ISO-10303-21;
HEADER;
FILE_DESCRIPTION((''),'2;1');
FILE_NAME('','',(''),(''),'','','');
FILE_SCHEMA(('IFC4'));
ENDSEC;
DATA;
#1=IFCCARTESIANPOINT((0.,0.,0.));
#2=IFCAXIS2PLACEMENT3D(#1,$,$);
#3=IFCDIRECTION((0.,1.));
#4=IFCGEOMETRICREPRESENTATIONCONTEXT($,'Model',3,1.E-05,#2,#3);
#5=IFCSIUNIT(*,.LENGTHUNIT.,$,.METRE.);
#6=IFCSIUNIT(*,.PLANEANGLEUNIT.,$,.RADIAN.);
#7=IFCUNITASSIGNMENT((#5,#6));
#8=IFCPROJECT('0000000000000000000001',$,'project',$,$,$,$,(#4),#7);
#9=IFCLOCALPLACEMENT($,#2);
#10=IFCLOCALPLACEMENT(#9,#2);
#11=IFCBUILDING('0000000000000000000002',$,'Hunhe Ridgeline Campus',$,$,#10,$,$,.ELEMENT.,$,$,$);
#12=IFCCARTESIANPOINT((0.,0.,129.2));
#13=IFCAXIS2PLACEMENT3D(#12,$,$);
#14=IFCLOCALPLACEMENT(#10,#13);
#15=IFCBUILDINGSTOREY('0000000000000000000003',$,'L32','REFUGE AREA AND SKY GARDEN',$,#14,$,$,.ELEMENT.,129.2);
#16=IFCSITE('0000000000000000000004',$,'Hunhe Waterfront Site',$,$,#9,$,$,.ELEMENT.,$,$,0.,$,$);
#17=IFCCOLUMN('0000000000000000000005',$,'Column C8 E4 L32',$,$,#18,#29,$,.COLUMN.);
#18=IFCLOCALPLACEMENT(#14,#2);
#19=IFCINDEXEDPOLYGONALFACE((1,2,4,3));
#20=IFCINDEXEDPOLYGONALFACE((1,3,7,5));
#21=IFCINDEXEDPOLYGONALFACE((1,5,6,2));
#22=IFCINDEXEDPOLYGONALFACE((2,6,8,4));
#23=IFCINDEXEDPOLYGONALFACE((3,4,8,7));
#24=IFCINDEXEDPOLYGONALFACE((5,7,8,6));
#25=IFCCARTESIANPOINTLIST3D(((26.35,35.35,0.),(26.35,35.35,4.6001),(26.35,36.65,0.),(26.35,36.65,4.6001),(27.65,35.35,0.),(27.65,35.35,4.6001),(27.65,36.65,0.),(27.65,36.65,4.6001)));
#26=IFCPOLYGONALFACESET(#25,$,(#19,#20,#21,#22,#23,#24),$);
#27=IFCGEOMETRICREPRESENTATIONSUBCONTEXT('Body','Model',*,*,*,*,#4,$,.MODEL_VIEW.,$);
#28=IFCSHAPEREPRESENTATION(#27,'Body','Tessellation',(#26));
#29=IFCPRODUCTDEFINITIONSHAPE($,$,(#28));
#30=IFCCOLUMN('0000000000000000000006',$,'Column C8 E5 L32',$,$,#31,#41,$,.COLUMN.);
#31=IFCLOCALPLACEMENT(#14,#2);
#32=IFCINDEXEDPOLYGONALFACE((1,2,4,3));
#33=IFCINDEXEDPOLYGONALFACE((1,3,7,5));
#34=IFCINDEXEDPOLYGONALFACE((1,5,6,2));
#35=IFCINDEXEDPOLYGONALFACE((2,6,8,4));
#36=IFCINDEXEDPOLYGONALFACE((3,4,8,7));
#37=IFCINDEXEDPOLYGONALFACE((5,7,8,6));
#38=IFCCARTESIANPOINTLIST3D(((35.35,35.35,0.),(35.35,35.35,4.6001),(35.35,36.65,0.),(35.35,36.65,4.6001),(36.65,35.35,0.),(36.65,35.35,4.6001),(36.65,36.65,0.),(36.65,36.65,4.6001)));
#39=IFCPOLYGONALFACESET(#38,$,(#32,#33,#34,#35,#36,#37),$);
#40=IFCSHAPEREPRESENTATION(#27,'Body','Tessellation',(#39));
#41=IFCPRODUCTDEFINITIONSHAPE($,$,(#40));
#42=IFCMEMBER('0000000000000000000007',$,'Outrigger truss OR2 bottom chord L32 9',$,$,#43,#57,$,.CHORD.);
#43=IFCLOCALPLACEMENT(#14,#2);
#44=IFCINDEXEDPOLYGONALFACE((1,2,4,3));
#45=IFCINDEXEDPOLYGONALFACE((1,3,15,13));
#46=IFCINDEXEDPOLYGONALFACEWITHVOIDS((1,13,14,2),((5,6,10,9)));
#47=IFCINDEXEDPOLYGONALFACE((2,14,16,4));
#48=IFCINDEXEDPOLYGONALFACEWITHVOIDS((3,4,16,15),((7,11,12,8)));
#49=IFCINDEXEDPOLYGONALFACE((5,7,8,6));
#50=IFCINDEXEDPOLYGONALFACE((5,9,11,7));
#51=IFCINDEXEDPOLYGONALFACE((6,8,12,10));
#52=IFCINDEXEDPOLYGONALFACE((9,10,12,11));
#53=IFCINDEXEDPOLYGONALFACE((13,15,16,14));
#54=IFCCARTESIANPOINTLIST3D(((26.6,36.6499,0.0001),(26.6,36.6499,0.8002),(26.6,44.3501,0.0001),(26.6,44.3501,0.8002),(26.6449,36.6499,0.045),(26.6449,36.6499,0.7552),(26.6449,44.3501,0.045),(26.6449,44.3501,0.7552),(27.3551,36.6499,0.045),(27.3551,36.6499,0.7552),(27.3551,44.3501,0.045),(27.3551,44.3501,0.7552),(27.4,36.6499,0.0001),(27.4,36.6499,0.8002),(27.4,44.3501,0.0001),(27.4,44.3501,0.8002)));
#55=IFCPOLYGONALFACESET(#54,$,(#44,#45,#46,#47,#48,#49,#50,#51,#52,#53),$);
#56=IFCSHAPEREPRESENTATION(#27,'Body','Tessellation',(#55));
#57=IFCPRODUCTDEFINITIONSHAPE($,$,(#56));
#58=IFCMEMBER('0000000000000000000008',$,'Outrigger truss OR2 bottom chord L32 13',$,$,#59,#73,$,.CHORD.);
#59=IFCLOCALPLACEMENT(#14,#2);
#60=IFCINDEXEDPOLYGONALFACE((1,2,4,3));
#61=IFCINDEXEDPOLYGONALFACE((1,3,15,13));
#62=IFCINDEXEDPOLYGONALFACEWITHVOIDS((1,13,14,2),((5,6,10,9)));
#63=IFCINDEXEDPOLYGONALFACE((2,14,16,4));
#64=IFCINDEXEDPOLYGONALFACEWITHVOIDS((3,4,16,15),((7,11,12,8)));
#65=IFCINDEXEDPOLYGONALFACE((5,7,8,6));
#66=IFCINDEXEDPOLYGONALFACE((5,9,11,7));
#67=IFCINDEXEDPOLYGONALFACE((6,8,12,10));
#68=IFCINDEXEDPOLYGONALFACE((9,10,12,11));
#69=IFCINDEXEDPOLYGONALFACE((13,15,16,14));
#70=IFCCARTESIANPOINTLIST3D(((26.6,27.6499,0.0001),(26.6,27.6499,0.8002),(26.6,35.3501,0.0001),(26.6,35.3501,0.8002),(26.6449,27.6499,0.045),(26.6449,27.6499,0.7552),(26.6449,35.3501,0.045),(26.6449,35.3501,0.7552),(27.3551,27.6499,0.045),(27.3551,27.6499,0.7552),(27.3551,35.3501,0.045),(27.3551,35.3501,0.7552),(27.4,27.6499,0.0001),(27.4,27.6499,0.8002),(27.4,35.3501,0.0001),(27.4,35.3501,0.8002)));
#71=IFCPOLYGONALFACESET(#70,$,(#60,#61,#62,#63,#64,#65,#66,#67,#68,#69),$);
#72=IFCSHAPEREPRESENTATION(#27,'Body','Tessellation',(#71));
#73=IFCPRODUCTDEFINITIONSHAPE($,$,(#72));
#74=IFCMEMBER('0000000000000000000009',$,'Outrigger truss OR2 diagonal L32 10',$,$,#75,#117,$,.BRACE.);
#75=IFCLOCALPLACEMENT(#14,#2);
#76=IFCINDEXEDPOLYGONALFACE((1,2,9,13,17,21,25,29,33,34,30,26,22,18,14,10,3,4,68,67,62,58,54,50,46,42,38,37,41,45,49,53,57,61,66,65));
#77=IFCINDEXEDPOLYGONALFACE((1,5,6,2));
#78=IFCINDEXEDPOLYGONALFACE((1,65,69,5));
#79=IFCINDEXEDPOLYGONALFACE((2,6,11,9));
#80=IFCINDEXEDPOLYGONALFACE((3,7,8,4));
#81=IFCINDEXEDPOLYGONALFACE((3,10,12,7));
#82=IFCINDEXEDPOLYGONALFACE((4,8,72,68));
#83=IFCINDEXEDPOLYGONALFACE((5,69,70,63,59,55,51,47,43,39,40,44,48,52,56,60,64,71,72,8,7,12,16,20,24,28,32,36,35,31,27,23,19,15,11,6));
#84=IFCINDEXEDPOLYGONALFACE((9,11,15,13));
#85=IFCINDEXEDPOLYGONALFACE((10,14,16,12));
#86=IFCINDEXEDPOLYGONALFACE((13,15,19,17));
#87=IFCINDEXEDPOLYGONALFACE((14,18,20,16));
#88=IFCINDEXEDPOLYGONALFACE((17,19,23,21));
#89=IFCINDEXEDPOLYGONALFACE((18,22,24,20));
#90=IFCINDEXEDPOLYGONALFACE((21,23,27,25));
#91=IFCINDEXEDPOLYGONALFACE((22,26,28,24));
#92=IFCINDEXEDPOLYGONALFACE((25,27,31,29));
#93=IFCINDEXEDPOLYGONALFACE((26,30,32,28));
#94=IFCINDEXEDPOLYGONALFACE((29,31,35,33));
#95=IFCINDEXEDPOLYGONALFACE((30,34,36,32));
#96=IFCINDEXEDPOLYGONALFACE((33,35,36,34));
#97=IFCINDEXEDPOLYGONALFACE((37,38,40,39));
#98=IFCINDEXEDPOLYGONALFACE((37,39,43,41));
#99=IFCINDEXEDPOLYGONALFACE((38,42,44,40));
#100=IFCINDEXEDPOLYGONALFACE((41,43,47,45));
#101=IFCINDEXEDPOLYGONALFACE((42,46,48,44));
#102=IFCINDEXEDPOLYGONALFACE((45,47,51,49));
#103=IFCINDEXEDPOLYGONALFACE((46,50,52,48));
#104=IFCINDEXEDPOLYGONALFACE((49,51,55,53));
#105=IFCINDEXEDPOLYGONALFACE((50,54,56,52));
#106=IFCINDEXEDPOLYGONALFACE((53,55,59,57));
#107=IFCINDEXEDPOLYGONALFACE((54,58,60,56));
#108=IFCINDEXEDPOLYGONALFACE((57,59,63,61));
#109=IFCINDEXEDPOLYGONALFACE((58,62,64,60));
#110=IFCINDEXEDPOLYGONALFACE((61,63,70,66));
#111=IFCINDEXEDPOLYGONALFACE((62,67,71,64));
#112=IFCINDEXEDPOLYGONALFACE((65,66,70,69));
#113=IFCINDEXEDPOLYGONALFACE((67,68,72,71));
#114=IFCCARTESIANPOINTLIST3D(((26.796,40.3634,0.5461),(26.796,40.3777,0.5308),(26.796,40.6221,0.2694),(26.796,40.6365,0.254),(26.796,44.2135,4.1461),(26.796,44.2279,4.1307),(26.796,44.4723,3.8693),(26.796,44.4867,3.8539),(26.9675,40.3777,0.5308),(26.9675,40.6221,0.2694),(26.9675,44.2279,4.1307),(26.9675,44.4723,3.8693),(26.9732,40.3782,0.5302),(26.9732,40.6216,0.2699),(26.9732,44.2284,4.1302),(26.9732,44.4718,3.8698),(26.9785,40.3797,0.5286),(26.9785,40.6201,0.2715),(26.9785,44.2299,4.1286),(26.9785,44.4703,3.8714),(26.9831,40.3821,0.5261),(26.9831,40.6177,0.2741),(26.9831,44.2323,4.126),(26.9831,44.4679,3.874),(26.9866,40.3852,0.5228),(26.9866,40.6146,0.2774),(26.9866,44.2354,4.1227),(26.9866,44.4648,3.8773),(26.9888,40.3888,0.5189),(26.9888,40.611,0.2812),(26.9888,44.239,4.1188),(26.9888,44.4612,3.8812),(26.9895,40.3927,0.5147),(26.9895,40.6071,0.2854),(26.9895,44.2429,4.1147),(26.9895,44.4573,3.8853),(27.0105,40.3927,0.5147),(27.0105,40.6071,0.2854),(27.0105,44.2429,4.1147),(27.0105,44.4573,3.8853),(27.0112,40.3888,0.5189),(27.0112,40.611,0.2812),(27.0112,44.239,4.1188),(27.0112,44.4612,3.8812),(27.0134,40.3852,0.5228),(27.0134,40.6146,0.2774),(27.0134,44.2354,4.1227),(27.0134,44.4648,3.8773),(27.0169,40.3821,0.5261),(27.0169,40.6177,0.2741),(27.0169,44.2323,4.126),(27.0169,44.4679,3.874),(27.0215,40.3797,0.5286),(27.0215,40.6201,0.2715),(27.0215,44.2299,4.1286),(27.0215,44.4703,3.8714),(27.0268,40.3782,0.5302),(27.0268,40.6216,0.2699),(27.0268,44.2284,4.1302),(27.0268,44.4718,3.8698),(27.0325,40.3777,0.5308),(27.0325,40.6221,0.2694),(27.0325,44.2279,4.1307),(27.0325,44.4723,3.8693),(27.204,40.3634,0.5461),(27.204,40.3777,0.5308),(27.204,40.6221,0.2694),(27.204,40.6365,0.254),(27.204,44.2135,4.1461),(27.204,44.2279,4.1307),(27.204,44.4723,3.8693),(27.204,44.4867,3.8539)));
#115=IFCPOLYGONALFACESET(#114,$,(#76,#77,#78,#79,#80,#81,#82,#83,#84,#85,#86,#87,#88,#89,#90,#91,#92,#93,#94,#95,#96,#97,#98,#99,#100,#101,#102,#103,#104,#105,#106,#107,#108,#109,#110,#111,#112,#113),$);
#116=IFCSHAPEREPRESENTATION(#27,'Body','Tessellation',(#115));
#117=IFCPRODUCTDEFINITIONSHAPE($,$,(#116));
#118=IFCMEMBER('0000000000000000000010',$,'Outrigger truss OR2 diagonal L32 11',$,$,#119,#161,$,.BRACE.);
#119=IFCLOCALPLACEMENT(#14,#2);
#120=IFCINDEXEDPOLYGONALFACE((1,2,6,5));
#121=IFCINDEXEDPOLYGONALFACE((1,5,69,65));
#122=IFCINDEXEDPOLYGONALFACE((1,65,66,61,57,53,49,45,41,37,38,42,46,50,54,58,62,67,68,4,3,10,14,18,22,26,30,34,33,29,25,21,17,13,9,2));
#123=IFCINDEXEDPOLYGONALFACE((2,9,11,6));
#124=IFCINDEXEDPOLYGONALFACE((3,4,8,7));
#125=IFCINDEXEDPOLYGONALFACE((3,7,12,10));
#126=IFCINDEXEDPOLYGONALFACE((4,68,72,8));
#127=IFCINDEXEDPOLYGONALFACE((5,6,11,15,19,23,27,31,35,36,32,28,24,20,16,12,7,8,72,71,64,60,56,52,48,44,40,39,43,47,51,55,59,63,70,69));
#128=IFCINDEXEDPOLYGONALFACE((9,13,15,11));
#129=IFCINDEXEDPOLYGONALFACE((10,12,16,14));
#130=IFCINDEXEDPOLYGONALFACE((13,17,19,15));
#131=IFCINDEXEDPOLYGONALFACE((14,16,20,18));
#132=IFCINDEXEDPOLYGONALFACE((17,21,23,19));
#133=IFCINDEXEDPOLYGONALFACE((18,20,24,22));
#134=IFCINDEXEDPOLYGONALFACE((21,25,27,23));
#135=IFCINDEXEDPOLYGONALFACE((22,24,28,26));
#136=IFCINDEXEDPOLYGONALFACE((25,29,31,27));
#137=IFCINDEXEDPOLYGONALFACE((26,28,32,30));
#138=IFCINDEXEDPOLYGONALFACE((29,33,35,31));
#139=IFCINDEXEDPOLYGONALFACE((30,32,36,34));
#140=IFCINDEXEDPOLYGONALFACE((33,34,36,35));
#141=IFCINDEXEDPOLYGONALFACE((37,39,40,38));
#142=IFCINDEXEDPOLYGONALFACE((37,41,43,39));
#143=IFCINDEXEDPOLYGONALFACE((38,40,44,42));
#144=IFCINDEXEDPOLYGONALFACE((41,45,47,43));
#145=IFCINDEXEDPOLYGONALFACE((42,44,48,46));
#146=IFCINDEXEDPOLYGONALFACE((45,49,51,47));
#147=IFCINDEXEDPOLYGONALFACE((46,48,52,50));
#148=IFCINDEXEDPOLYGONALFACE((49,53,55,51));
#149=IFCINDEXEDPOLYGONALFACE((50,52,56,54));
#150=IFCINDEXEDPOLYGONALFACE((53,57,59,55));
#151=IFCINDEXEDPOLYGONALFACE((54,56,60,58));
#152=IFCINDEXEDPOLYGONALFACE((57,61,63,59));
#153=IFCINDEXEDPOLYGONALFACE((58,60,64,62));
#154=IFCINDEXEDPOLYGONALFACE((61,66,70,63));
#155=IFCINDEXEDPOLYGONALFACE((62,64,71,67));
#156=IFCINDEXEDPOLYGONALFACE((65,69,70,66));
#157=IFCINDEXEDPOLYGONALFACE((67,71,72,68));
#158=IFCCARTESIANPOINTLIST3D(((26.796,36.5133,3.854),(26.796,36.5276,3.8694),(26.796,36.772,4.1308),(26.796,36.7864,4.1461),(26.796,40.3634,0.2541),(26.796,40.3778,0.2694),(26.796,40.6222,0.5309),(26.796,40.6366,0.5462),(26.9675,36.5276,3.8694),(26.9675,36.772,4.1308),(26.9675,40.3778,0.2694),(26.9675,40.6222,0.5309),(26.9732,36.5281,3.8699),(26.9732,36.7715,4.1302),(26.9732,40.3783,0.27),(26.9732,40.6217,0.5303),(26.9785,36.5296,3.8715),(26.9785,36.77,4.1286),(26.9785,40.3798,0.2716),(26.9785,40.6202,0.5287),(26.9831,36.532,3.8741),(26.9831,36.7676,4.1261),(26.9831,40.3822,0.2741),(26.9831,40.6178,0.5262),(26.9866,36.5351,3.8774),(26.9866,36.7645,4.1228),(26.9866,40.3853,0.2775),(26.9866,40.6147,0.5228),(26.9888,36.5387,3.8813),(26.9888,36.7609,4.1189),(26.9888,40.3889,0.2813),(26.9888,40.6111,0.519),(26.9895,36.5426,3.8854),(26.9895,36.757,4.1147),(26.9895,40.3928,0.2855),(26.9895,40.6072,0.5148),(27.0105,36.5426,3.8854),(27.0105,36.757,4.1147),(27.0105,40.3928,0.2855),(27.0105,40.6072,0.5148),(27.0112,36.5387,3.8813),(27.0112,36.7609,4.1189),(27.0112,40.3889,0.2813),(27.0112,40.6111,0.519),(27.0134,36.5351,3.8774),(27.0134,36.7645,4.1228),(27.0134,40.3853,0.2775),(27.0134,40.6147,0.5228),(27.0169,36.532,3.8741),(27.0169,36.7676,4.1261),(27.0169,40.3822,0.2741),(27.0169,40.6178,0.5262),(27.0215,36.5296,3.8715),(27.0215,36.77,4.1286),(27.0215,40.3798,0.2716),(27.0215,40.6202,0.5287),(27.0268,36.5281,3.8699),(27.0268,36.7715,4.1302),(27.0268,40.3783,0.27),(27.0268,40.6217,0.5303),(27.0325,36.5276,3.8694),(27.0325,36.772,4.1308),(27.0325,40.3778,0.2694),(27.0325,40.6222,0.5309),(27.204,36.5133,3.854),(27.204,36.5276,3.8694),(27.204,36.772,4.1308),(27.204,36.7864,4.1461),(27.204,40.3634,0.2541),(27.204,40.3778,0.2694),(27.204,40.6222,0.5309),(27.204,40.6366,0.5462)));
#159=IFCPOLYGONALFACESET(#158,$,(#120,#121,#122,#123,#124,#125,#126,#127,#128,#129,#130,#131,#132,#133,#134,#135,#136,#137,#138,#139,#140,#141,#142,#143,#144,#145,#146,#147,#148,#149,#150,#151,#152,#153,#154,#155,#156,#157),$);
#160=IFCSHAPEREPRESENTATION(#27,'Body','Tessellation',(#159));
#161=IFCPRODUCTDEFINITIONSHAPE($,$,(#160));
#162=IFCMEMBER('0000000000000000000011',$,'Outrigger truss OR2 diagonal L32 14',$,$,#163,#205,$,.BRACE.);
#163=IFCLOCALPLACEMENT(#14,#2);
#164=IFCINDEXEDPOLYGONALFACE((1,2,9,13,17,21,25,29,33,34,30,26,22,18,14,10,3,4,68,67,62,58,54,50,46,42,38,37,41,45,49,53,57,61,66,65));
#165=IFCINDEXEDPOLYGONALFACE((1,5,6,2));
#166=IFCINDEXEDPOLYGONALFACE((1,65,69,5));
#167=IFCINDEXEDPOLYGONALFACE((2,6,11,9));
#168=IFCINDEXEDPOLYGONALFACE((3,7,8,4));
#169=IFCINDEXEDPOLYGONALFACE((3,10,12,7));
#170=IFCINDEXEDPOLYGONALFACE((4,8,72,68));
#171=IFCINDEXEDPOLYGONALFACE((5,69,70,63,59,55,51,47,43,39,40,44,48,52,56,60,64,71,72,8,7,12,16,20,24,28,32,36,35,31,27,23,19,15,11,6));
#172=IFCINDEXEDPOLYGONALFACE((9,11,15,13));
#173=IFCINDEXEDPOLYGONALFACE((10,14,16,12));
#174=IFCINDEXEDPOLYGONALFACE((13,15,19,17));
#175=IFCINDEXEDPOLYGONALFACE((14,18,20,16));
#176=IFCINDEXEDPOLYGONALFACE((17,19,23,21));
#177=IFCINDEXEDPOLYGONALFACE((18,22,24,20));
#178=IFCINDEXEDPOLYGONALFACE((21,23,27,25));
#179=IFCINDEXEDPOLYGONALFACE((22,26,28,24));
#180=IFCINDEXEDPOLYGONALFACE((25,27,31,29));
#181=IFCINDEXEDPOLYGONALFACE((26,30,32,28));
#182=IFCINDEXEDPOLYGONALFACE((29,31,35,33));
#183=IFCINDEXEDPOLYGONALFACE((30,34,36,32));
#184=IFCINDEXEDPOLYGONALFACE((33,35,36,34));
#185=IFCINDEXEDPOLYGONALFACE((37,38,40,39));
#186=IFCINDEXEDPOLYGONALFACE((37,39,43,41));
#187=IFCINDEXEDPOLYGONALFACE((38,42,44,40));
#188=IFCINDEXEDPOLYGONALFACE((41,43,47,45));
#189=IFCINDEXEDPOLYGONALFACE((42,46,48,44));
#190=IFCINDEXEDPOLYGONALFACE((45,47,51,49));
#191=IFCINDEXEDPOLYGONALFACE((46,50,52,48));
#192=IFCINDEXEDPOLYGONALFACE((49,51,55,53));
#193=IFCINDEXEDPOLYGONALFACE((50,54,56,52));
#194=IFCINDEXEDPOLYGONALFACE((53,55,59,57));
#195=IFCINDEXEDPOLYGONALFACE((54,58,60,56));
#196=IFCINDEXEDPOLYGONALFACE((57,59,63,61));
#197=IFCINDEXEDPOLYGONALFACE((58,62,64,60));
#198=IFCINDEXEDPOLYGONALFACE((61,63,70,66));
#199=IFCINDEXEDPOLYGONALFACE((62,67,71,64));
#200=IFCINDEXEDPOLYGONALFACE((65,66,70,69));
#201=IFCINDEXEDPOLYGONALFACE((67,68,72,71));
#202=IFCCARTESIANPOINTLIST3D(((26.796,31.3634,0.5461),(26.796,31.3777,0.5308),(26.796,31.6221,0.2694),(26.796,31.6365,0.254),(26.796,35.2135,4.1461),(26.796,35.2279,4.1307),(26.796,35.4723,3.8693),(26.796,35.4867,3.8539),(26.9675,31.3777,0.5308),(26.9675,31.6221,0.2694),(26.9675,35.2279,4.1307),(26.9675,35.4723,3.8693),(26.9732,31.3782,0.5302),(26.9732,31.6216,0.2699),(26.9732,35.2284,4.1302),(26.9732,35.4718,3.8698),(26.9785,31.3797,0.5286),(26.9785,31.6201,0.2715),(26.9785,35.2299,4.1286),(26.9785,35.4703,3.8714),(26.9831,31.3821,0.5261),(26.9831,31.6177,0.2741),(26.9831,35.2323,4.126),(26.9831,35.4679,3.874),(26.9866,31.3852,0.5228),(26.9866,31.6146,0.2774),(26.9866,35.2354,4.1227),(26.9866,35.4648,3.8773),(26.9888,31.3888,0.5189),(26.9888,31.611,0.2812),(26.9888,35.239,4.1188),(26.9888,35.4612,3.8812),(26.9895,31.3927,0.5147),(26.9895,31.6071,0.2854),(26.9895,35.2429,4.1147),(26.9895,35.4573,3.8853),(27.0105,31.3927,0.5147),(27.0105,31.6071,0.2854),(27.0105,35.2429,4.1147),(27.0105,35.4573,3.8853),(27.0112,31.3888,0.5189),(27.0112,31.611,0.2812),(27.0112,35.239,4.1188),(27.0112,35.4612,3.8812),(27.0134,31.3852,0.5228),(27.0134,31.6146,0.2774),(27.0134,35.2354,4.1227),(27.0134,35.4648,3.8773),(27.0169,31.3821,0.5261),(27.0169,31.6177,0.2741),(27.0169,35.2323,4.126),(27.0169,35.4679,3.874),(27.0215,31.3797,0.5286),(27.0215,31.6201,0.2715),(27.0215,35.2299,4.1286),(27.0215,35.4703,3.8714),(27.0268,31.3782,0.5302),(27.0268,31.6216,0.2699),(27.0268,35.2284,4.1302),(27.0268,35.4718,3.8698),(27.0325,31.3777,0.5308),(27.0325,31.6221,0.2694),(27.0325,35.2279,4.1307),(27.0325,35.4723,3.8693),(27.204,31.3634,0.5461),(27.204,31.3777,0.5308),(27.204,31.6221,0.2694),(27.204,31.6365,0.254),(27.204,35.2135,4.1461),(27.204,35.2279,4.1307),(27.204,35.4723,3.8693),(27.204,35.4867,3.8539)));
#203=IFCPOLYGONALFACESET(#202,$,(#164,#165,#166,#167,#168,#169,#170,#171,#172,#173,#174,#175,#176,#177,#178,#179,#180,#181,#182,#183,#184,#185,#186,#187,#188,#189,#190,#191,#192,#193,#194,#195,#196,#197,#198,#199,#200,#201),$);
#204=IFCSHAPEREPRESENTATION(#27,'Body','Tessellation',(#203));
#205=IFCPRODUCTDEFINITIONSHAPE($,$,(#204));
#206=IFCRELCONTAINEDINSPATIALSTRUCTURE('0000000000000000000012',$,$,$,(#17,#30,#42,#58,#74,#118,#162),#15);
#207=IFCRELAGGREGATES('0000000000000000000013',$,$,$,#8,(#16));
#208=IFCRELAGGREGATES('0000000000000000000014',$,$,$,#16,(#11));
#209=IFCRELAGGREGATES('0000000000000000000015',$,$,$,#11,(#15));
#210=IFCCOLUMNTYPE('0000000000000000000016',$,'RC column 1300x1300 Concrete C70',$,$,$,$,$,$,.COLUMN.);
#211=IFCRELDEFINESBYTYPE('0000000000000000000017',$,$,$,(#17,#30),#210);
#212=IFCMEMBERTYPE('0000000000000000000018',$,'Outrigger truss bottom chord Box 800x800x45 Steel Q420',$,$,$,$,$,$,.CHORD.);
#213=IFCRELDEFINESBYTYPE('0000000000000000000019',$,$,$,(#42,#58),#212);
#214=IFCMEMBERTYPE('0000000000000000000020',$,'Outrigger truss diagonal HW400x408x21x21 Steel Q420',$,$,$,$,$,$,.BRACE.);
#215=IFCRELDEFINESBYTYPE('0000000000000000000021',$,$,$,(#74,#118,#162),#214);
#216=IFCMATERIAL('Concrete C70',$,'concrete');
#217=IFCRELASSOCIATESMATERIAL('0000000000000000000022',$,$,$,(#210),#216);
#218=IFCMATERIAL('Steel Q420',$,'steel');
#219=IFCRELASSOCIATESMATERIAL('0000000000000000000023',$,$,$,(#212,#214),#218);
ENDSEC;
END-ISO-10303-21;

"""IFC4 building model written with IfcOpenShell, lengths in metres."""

from ifc_helpers import new_model, si_unit, direction, frame, origin, origin_2d, place, context, subcontext, project, spatial, rectangle, hollow_rectangle, i_section, extrude, material, material_profile, profile_set, type_object, element, save


model = new_model("IFC4")

# Units and contexts
model_context = context("Model", 3, precision=1e-05, world=origin(), true_north=direction((0.0, 1.0)))
body_context = subcontext(model_context, "Body", "Model", "MODEL_VIEW")
ifc_project = project(units=[si_unit("LENGTHUNIT", "METRE"), si_unit("PLANEANGLEUNIT", "RADIAN")], contexts=[model_context])

# Site, building, storey
site_placement = place(None, origin())
site = spatial("IfcSite", under=ifc_project, at=site_placement, Name="Hunhe Waterfront Site", CompositionType="ELEMENT", RefElevation=0.0)
building_placement = place(site_placement, origin())
building = spatial("IfcBuilding", under=site, at=building_placement, Name="Hunhe Ridgeline Campus", CompositionType="ELEMENT")
storey_placement = place(building_placement, frame((0.0, 0.0, 129.2)))
storey = spatial("IfcBuildingStorey", under=building, at=storey_placement, Name="L32", Description="REFUGE AREA AND SKY GARDEN", CompositionType="ELEMENT", Elevation=129.2)

# Columns
ifc_material_1 = material(Name="Concrete C70", Category="concrete")
ifc_material_profile_1 = material_profile(ifc_material_1, rectangle(XDim=1.3, YDim=1.3, at=origin_2d()))
ifc_profile_set_1 = profile_set([ifc_material_profile_1], Name="Concrete C70")
column_type = type_object("IfcColumnType", Name="RC column 1300x1300 Concrete C70", PredefinedType="COLUMN", material=ifc_profile_set_1)
for number, where, z_axis, x_axis, name in (
    (1, (27.0, 36.0, 0.0), (0.0, 0.0, 1.0), (1.0, 0.0, 0.0), "Column C8 E4 L32"),
    (2, (36.0, 36.0, 0.0), (0.0, 0.0, 1.0), (1.0, 0.0, 0.0), "Column C8 E5 L32"),
):
    element("IfcColumn", number, at=place(storey_placement, frame(where, z_axis=z_axis, x_axis=x_axis)), inside=storey, type_object=column_type, Name=name, PredefinedType="COLUMN", context=body_context, shape_type="SweptSolid", body=[
        extrude(rectangle(XDim=1.3, YDim=1.3, at=origin_2d()), origin(), (0.0, 0.0, 1.0), 4.6001),
    ])

# Members
ifc_material_2 = material(Name="Steel Q420", Category="steel")
ifc_material_profile_2 = material_profile(ifc_material_2, hollow_rectangle(XDim=0.8, YDim=0.8, WallThickness=0.0449, at=origin_2d()))
ifc_profile_set_2 = profile_set([ifc_material_profile_2], Name="Steel Q420")
member_type_1 = type_object("IfcMemberType", Name="Outrigger truss bottom chord Box 800x800x45 Steel Q420", PredefinedType="CHORD", material=ifc_profile_set_2)
for number, where, z_axis, x_axis, name in (
    (3, (27.0, 44.3501, 0.4001), (0.0, -1.0, 0.0), (1.0, 0.0, 0.0), "Outrigger truss OR2 bottom chord L32 9"),
    (4, (27.0, 35.3501, 0.4001), (0.0, -1.0, 0.0), (1.0, 0.0, 0.0), "Outrigger truss OR2 bottom chord L32 13"),
):
    element("IfcMember", number, at=place(storey_placement, frame(where, z_axis=z_axis, x_axis=x_axis)), inside=storey, type_object=member_type_1, Name=name, PredefinedType="CHORD", context=body_context, shape_type="SweptSolid", body=[
        extrude(hollow_rectangle(XDim=0.8, YDim=0.8, WallThickness=0.0449, at=origin_2d()), origin(), (0.0, 0.0, 1.0), 7.7002),
    ])
ifc_material_profile_3 = material_profile(ifc_material_2, i_section(OverallWidth=0.408, OverallDepth=0.3999, WebThickness=0.021, FlangeThickness=0.021, FilletRadius=0.022, at=origin_2d()))
ifc_profile_set_3 = profile_set([ifc_material_profile_3], Name="Steel Q420")
member_type_2 = type_object("IfcMemberType", Name="Outrigger truss diagonal HW400x408x21x21 Steel Q420", PredefinedType="BRACE", material=ifc_profile_set_3)
for number, where, z_axis, x_axis, name in (
    (5, (27.0, 44.3501, 4.0), (0.0, -0.730447, -0.68297), (1.0, 0.0, 0.0), "Outrigger truss OR2 diagonal L32 10"),
    (6, (27.0, 40.5, 0.4001), (0.0, -0.730447, 0.68297), (1.0, 0.0, 0.0), "Outrigger truss OR2 diagonal L32 11"),
    (7, (27.0, 35.3501, 4.0), (0.0, -0.730447, -0.68297), (1.0, 0.0, 0.0), "Outrigger truss OR2 diagonal L32 14"),
):
    element("IfcMember", number, at=place(storey_placement, frame(where, z_axis=z_axis, x_axis=x_axis)), inside=storey, type_object=member_type_2, Name=name, PredefinedType="BRACE", context=body_context, shape_type="SweptSolid", body=[
        extrude(i_section(OverallWidth=0.408, OverallDepth=0.3999, WebThickness=0.021, FlangeThickness=0.021, FilletRadius=0.022, at=origin_2d()), origin(), (0.0, 0.0, 1.0), 5.271),
    ])

save(model, "model.ifc")
